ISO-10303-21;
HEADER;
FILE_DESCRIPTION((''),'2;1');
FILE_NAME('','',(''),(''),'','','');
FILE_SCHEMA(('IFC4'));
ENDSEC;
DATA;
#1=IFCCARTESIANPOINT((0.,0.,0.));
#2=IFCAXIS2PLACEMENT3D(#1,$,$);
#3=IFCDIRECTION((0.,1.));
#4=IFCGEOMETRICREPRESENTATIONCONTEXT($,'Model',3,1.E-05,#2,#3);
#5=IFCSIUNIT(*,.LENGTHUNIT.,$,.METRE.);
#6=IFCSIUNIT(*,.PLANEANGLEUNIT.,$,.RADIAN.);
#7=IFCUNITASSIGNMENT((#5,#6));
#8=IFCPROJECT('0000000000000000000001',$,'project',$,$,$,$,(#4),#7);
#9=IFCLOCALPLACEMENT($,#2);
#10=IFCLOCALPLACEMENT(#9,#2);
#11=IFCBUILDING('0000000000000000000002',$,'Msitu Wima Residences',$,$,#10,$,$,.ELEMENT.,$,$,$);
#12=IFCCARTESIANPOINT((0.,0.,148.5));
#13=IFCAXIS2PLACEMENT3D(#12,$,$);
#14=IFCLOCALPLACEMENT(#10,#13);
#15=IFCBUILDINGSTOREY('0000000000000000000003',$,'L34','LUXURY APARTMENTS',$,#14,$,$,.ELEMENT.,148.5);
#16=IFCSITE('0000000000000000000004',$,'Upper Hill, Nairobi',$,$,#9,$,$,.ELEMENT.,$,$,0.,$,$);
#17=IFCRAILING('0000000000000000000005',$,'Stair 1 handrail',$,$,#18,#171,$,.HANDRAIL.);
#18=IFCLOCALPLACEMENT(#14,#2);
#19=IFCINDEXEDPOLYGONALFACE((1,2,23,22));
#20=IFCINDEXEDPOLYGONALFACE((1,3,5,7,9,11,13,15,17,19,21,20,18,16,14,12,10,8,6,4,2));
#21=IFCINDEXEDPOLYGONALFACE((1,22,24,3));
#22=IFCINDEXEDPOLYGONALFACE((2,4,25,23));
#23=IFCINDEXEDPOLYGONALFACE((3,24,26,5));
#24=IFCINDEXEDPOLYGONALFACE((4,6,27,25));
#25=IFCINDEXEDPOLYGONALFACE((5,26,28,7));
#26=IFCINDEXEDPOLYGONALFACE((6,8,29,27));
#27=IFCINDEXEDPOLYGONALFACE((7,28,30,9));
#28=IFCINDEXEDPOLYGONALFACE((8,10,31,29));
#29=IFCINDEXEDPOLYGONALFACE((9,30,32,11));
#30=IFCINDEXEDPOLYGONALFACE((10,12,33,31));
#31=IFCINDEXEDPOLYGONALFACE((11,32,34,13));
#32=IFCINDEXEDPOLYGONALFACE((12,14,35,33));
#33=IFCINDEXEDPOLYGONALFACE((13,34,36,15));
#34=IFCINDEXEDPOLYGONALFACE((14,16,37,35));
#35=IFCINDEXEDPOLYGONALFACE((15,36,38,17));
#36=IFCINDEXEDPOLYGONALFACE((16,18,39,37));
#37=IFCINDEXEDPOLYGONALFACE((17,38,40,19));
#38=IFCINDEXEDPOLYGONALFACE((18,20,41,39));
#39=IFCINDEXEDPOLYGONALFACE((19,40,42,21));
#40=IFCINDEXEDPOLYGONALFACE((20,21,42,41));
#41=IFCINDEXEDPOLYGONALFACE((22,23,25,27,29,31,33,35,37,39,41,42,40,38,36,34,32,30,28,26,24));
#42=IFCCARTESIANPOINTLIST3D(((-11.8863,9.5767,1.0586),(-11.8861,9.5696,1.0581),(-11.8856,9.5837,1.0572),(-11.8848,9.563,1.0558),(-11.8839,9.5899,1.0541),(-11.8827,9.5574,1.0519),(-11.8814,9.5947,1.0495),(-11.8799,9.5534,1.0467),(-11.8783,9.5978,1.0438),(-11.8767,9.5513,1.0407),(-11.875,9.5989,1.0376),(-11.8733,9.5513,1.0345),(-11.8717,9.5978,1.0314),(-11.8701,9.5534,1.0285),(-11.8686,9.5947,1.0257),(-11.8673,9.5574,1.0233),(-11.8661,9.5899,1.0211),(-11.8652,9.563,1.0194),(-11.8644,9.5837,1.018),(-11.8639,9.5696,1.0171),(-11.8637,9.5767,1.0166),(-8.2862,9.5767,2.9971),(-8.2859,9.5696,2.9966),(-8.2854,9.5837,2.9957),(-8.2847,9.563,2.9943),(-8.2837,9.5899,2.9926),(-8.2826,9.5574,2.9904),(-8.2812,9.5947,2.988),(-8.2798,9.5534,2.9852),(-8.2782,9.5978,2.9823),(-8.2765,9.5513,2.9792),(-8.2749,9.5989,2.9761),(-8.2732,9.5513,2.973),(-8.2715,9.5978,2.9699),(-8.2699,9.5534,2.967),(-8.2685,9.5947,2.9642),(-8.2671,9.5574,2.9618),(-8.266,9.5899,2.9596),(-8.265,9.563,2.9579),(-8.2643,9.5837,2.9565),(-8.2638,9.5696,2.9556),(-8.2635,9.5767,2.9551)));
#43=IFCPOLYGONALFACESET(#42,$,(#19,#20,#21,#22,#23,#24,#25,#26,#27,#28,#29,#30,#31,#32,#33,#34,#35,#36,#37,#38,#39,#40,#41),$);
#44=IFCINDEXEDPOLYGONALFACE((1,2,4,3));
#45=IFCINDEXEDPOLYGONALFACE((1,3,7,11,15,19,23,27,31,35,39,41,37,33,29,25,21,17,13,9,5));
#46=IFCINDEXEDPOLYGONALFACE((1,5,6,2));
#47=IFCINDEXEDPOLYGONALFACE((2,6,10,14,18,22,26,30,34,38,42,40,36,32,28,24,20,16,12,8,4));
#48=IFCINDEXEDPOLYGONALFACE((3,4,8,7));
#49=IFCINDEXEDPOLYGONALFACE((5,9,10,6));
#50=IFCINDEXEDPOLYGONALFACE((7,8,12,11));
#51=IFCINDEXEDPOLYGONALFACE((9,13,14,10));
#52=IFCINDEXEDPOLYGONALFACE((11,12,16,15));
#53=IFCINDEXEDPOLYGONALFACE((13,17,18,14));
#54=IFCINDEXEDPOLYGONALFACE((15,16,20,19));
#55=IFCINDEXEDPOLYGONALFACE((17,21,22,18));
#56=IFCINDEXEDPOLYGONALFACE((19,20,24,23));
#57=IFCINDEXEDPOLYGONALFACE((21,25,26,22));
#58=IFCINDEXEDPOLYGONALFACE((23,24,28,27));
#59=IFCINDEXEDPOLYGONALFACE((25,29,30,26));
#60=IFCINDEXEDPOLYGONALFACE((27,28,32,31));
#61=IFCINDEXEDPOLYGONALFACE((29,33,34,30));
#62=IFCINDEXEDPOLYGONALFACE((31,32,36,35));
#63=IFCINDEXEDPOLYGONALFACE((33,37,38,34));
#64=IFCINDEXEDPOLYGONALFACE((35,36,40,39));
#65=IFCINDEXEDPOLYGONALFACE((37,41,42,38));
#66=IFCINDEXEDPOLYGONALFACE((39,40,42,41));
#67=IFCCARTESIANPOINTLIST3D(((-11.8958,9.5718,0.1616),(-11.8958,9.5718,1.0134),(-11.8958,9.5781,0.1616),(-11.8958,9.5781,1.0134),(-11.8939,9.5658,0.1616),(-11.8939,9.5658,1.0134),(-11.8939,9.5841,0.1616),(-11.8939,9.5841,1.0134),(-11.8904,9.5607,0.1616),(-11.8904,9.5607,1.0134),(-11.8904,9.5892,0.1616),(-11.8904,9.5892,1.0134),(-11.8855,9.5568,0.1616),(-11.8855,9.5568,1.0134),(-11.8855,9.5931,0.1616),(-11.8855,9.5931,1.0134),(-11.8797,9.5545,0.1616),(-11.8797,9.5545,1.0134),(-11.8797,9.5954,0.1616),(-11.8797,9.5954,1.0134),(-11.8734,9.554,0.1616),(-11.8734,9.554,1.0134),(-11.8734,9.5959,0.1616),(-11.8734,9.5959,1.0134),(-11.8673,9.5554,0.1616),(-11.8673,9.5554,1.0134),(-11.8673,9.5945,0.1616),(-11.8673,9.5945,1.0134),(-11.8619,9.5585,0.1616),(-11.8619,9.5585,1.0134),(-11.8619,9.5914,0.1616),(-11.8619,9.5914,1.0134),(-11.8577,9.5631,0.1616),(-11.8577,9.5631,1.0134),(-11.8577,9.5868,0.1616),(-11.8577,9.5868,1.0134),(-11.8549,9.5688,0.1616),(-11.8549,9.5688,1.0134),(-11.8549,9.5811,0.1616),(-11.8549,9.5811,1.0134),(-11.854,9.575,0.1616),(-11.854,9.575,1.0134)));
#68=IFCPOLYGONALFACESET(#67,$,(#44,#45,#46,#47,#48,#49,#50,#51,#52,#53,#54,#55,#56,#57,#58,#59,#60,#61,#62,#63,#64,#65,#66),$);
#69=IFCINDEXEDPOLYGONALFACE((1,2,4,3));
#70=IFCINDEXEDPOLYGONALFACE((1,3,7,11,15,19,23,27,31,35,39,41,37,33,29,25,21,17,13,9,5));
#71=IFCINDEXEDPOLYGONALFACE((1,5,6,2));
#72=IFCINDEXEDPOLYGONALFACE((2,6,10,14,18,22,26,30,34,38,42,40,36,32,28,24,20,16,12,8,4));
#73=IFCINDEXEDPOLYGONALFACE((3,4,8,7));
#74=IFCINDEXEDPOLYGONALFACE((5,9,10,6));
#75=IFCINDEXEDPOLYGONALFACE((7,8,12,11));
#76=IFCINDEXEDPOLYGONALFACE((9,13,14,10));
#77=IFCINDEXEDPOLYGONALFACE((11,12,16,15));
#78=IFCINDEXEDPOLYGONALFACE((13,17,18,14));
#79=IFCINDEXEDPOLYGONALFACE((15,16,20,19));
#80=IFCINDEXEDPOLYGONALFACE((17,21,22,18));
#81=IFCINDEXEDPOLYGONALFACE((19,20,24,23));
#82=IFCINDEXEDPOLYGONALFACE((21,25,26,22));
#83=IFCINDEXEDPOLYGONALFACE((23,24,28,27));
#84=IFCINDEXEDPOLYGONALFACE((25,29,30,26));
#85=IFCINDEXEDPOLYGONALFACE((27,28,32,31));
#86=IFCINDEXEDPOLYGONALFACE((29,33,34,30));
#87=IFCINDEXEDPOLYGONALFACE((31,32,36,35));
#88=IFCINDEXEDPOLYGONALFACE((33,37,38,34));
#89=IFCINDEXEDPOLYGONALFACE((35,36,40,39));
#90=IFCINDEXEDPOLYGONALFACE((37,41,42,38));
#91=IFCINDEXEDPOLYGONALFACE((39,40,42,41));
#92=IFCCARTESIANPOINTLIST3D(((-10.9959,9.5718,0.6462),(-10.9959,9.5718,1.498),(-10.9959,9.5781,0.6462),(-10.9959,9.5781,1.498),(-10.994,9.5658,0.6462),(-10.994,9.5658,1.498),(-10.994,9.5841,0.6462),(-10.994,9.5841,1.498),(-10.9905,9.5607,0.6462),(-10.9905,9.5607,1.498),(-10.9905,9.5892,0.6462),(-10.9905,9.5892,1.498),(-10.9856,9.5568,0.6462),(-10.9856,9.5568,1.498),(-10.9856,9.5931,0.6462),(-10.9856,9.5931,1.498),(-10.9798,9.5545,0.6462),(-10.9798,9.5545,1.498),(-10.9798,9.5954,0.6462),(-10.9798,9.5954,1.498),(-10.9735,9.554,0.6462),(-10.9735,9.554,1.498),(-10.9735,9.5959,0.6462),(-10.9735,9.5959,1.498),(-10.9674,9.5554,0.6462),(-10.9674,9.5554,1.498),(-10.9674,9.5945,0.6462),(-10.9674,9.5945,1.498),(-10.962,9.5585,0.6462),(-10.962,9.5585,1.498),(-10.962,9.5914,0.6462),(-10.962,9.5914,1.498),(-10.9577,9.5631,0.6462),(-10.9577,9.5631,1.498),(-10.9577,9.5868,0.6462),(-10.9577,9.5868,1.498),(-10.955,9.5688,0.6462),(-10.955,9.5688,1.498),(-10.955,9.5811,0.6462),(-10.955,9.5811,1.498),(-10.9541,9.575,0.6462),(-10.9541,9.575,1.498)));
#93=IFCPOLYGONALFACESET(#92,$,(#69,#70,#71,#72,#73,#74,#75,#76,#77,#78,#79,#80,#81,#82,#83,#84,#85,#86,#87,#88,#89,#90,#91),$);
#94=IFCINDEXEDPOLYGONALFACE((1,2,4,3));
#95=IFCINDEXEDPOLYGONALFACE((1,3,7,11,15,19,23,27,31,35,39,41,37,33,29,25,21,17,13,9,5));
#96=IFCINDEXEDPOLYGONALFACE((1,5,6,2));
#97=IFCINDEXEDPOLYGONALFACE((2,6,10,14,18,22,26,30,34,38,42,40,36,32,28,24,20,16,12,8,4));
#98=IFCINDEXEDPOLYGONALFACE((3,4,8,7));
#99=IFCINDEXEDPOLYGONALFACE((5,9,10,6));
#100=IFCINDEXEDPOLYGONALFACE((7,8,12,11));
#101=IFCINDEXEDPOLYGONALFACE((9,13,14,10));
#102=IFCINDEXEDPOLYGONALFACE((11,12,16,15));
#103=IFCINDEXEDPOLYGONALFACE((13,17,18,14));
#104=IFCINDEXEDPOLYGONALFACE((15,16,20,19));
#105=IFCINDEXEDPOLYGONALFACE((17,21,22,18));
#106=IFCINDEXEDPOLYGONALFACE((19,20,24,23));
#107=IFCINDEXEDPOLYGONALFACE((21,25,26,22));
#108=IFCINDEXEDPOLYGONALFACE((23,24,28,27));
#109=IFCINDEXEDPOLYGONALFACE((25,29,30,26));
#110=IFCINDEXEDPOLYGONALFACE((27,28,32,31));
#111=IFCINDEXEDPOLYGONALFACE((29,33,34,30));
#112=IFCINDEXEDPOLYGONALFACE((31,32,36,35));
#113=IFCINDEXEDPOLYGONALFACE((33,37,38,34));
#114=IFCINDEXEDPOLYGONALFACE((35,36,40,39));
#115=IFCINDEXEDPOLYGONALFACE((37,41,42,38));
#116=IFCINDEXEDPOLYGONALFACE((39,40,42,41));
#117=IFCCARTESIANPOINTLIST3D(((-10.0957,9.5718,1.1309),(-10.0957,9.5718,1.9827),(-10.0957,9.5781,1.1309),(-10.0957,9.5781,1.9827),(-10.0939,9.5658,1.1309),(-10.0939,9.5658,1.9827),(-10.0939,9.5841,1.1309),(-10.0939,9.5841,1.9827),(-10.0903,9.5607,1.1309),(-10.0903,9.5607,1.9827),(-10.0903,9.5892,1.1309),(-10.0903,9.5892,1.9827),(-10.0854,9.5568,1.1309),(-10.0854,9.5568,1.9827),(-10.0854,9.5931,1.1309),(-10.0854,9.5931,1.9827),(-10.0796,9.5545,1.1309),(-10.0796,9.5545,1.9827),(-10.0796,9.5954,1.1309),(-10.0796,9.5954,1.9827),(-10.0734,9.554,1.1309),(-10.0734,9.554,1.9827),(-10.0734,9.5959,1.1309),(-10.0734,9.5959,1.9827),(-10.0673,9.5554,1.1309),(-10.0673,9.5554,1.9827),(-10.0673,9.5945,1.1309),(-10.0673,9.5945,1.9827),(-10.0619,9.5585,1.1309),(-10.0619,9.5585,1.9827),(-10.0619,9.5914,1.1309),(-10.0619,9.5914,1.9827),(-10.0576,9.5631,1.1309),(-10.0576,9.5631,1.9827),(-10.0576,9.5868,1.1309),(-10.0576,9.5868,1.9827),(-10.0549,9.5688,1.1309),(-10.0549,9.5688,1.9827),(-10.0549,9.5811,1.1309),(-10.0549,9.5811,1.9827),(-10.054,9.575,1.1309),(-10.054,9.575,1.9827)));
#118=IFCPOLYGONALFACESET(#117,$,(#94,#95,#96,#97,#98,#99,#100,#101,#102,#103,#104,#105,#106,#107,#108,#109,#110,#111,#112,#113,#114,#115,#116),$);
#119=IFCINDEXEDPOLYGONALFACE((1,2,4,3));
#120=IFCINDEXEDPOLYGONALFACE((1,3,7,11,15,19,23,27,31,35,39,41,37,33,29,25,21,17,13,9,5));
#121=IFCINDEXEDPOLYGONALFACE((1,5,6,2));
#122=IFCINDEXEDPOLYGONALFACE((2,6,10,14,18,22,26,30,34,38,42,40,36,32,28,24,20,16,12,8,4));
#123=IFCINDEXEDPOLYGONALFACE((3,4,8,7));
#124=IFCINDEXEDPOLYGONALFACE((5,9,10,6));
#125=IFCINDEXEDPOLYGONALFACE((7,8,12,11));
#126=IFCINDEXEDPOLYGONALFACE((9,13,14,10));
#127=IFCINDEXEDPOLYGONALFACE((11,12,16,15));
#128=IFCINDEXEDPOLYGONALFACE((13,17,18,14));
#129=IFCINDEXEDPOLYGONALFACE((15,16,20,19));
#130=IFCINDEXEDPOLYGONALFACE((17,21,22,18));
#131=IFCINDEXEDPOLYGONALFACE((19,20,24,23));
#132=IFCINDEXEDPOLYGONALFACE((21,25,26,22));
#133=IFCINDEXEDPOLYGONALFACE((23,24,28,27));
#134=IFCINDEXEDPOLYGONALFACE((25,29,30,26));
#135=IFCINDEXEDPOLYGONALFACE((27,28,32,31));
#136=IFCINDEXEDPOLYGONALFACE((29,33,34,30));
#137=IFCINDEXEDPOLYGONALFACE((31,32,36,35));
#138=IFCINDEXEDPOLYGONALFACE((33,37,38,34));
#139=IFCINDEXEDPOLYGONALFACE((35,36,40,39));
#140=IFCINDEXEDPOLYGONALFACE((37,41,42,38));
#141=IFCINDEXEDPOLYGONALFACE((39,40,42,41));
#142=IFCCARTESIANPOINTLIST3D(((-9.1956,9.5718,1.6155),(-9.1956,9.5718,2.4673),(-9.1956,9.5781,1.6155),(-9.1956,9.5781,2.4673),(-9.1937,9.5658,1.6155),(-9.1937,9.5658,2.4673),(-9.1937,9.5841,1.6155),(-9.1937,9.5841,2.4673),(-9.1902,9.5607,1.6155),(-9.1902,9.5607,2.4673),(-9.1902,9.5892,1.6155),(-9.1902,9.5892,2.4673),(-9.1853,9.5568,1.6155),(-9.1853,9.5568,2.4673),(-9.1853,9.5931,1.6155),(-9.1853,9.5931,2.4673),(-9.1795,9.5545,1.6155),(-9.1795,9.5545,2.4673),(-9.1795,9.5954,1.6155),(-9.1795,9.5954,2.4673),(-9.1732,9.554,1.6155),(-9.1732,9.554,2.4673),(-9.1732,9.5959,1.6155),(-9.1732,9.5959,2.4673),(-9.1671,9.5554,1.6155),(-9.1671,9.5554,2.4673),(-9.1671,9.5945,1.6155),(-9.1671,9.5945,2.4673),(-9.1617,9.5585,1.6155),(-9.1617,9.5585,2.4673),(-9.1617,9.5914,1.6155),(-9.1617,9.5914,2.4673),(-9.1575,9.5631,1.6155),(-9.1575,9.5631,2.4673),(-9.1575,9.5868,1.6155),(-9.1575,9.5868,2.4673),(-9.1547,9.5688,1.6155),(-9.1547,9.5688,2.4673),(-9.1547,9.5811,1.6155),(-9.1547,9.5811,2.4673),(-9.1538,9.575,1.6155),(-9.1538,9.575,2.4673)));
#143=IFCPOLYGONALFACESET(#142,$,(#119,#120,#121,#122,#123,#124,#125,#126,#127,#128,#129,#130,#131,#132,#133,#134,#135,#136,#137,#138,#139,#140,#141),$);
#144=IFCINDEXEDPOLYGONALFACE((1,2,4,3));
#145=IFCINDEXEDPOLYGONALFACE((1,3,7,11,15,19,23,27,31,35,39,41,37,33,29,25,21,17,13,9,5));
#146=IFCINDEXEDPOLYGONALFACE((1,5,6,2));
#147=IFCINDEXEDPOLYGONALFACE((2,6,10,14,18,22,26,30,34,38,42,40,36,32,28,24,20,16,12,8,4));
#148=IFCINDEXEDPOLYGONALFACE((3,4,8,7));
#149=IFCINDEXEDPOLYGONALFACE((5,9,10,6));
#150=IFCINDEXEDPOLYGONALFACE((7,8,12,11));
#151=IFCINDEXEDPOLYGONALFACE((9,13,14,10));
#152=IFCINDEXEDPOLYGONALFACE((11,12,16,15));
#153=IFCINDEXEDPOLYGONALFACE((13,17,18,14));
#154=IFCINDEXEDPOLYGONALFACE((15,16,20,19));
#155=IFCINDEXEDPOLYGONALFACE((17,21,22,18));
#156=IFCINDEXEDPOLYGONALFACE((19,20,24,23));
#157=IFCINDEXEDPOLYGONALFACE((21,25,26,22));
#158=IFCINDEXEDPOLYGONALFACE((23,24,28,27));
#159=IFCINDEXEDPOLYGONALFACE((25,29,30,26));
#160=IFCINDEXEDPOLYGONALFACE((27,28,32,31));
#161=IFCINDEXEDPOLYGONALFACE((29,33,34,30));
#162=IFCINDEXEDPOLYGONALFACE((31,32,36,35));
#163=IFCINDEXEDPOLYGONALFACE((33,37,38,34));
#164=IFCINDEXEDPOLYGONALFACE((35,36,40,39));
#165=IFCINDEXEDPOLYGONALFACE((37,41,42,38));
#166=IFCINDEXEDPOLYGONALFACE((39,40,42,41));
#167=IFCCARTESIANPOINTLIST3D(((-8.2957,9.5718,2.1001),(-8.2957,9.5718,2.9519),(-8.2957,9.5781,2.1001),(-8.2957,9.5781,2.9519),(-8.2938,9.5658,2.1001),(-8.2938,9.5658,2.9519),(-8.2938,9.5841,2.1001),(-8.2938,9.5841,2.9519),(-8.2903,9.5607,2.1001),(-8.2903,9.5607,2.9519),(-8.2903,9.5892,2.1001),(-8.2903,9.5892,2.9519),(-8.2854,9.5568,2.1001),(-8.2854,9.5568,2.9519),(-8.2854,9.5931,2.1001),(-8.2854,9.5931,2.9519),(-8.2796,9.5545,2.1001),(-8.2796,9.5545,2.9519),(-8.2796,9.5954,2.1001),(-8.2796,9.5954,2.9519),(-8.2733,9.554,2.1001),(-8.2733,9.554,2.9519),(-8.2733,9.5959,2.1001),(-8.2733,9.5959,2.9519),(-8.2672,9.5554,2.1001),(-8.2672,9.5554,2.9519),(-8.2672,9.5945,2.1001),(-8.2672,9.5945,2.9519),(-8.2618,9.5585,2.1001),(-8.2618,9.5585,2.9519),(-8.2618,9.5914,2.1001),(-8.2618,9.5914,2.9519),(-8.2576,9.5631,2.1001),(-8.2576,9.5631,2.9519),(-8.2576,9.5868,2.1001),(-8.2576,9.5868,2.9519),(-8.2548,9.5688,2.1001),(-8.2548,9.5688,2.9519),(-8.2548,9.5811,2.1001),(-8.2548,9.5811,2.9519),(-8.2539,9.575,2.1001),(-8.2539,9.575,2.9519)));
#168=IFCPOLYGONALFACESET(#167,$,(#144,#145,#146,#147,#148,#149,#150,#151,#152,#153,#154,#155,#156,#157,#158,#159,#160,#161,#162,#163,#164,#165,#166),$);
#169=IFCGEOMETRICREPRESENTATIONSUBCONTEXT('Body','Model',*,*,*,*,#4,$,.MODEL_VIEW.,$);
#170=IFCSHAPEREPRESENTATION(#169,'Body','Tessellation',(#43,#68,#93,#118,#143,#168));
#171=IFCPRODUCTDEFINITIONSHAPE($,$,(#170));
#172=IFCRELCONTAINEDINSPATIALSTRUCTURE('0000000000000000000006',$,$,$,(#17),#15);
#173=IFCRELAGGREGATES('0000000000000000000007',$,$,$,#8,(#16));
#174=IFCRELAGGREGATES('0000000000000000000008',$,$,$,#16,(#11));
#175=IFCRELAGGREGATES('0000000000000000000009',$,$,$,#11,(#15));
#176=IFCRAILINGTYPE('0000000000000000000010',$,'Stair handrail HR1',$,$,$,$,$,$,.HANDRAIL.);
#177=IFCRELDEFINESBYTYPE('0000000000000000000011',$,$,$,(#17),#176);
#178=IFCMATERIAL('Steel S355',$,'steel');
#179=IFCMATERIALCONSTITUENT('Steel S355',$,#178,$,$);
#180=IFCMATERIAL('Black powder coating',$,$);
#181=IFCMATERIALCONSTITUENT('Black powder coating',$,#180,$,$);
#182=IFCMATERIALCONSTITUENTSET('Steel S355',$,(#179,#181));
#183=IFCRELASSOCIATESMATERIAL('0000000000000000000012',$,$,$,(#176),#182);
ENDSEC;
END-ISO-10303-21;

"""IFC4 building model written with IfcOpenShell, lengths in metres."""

from ifc_helpers import new_model, si_unit, direction, frame, origin, origin_2d, place, context, subcontext, project, spatial, circle, extrude, material, constituent, constituent_set, type_object, element, save


model = new_model("IFC4")

# Units and contexts
model_context = context("Model", 3, precision=1e-05, world=origin(), true_north=direction((0.0, 1.0)))
body_context = subcontext(model_context, "Body", "Model", "MODEL_VIEW")
ifc_project = project(units=[si_unit("LENGTHUNIT", "METRE"), si_unit("PLANEANGLEUNIT", "RADIAN")], contexts=[model_context])

# Site, building, storey
site_placement = place(None, origin())
site = spatial("IfcSite", under=ifc_project, at=site_placement, Name="Upper Hill, Nairobi", CompositionType="ELEMENT", RefElevation=0.0)
building_placement = place(site_placement, origin())
building = spatial("IfcBuilding", under=site, at=building_placement, Name="Msitu Wima Residences", CompositionType="ELEMENT")
storey_placement = place(building_placement, frame((0.0, 0.0, 148.5)))
storey = spatial("IfcBuildingStorey", under=building, at=storey_placement, Name="L34", Description="LUXURY APARTMENTS", CompositionType="ELEMENT", Elevation=148.5)

# Railing
ifc_material_1 = material(Name="Steel S355", Category="steel")
ifc_constituent_1 = constituent(ifc_material_1, Name="Steel S355")
ifc_material_2 = material(Name="Black powder coating")
ifc_constituent_2 = constituent(ifc_material_2, Name="Black powder coating")
ifc_constituent_set = constituent_set(constituents=[ifc_constituent_1, ifc_constituent_2], Name="Steel S355")
railing_type = type_object("IfcRailingType", Name="Stair handrail HR1", PredefinedType="HANDRAIL", material=ifc_constituent_set)
for number, where, name in (
    (1, (-11.875, 9.575, 0.1616), "Stair 1 handrail"),
):
    element("IfcRailing", number, at=place(storey_placement, frame(where)), inside=storey, type_object=railing_type, Name=name, PredefinedType="HANDRAIL", context=body_context, shape_type="SweptSolid", body=[
        extrude(circle(Radius=0.0239, at=origin_2d()), frame((0.0, 0.0, 0.876), z_axis=(0.880475, 0.0, 0.474093), x_axis=(0.0, 1.0, 0.0)), (0.0, 0.0, 1.0), 4.0889),
        extrude(circle(Radius=0.021, at=origin_2d()), origin(), (0.0, 0.0, 1.0), 0.8518),
        extrude(circle(Radius=0.021, at=origin_2d()), frame((0.8999, 0.0, 0.4846)), (0.0, 0.0, 1.0), 0.8518),
        extrude(circle(Radius=0.021, at=origin_2d()), frame((1.8, 0.0, 0.9692)), (0.0, 0.0, 1.0), 0.8518),
        extrude(circle(Radius=0.021, at=origin_2d()), frame((2.7002, 0.0, 1.4539)), (0.0, 0.0, 1.0), 0.8518),
        extrude(circle(Radius=0.021, at=origin_2d()), frame((3.6001, 0.0, 1.9385)), (0.0, 0.0, 1.0), 0.8518),
    ])

save(model, "model.ifc")
